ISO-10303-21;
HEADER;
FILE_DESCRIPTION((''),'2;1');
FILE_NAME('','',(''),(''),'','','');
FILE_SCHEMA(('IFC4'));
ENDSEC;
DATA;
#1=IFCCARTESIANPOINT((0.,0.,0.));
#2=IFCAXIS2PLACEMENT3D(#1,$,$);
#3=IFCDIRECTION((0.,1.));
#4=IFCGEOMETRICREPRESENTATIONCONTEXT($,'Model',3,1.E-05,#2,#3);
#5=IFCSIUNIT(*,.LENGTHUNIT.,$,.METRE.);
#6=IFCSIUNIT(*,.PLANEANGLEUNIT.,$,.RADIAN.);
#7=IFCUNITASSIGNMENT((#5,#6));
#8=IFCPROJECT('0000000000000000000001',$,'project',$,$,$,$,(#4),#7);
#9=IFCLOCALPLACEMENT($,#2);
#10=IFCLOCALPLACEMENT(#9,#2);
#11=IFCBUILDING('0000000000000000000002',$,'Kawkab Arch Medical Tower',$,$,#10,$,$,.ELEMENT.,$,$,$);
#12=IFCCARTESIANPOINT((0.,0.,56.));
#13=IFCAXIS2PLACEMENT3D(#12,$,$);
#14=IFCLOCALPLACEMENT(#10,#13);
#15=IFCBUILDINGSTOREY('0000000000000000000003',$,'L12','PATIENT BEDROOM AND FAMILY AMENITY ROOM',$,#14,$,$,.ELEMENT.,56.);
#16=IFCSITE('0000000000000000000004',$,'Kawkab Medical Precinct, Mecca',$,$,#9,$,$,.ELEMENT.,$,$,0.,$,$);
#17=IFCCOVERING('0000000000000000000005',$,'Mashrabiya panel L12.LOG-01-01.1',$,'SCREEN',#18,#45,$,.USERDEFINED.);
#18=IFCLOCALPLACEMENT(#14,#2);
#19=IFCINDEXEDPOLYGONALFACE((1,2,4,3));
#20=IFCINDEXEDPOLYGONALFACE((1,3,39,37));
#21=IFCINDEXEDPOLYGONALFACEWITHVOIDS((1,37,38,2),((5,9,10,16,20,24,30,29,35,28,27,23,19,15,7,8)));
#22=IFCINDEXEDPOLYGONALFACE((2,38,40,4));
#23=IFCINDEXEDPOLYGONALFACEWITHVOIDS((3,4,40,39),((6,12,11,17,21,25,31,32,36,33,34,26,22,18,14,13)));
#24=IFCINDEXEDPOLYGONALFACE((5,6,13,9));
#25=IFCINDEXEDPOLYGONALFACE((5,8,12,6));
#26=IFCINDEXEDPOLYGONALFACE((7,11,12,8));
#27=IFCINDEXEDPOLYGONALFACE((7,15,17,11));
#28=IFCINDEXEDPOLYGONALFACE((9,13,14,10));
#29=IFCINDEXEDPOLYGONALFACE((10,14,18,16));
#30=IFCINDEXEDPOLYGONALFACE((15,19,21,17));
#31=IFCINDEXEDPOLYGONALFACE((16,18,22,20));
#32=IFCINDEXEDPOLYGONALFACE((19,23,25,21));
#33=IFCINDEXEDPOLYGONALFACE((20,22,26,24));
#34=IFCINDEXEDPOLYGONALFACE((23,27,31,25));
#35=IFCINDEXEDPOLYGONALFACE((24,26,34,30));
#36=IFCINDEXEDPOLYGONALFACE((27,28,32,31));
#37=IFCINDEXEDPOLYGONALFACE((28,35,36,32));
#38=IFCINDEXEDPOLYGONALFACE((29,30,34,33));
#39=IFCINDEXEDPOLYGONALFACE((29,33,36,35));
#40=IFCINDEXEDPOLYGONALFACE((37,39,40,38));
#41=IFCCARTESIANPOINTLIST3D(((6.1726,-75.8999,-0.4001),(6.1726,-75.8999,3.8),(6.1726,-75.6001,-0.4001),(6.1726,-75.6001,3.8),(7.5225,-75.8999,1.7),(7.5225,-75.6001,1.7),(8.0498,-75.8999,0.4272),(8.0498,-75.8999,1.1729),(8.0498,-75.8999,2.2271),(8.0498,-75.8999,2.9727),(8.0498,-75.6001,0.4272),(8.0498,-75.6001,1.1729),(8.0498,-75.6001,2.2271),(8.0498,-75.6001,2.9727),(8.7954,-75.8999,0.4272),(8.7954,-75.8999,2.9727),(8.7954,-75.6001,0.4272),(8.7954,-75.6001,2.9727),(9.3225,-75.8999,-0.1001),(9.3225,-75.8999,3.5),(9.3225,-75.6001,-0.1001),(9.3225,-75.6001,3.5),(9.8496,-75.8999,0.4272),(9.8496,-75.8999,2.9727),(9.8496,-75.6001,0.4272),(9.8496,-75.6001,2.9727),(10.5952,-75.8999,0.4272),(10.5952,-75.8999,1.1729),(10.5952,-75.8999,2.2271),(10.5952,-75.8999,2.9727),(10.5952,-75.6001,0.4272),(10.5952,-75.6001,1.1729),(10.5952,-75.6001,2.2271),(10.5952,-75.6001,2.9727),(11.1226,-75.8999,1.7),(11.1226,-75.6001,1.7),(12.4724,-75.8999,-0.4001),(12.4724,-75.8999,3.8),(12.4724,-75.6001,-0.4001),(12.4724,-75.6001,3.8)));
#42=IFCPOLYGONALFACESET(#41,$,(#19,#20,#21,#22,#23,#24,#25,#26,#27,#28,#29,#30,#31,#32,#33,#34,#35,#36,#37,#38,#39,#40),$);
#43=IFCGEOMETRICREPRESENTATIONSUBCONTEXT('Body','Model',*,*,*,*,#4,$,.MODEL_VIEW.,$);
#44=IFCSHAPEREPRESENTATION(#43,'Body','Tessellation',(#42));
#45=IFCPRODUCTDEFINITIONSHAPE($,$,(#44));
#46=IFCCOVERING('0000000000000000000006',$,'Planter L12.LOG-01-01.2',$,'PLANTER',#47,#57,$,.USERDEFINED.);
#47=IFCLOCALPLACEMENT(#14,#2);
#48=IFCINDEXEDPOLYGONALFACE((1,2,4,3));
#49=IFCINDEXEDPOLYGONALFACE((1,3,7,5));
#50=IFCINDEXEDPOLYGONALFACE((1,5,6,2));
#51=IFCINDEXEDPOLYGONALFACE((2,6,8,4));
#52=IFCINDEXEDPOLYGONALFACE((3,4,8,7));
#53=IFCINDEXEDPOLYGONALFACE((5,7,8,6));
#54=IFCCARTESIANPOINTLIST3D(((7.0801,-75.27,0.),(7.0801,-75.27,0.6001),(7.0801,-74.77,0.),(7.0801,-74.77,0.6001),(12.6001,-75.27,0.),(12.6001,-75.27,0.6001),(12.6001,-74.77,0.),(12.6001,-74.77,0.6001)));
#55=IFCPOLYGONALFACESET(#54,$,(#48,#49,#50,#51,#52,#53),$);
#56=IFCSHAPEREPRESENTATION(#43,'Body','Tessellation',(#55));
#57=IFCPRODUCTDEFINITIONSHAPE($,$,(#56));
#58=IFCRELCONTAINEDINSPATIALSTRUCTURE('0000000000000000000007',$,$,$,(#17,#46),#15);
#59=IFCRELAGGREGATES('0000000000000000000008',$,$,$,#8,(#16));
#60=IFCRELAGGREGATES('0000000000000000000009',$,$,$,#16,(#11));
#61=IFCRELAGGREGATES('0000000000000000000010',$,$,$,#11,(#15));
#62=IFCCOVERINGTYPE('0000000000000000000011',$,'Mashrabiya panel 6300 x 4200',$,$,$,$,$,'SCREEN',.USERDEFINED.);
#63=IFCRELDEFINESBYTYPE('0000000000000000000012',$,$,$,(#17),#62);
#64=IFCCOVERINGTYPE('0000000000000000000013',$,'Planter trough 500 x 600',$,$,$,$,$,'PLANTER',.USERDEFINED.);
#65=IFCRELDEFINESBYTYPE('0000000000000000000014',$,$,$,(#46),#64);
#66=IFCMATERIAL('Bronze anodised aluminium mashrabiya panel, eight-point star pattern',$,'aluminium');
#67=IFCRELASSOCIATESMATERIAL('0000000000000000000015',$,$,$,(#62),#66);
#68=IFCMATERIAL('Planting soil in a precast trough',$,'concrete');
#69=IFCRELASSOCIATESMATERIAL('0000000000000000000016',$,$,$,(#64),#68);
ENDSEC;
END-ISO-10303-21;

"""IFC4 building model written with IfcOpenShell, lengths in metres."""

from ifc_helpers import new_model, si_unit, direction, frame, origin, origin_2d, place, context, subcontext, project, spatial, polyline, rectangle, outline, extrude, material, material_profile, profile_set, type_object, element, save


model = new_model("IFC4")

# Units and contexts
model_context = context("Model", 3, precision=1e-05, world=origin(), true_north=direction((0.0, 1.0)))
body_context = subcontext(model_context, "Body", "Model", "MODEL_VIEW")
ifc_project = project(units=[si_unit("LENGTHUNIT", "METRE"), si_unit("PLANEANGLEUNIT", "RADIAN")], contexts=[model_context])

# Site, building, storey
site_placement = place(None, origin())
site = spatial("IfcSite", under=ifc_project, at=site_placement, Name="Kawkab Medical Precinct, Mecca", CompositionType="ELEMENT", RefElevation=0.0)
building_placement = place(site_placement, origin())
building = spatial("IfcBuilding", under=site, at=building_placement, Name="Kawkab Arch Medical Tower", CompositionType="ELEMENT")
storey_placement = place(building_placement, frame((0.0, 0.0, 56.0)))
storey = spatial("IfcBuildingStorey", under=building, at=storey_placement, Name="L12", Description="PATIENT BEDROOM AND FAMILY AMENITY ROOM", CompositionType="ELEMENT", Elevation=56.0)

# Coverings
ifc_material_1 = material(Name="Bronze anodised aluminium mashrabiya panel, eight-point star pattern", Category="aluminium")
ifc_material_profile_1 = material_profile(ifc_material_1, outline(polyline([(-3.1499, -2.1001), (3.1499, -2.1001), (3.1499, 2.1001), (-3.1499, 2.1001), (-3.1499, -2.1001)]), holes=[polyline([(1.8, 0.0), (1.2727, 0.5271), (1.2727, 1.2727), (0.5271, 1.2727), (0.0, 1.8), (-0.5271, 1.2727), (-1.2727, 1.2727), (-1.2727, 0.5271), (-1.8, 0.0), (-1.2727, -0.5271), (-1.2727, -1.2727), (-0.5271, -1.2727), (0.0, -1.8), (0.5271, -1.2727), (1.2727, -1.2727), (1.2727, -0.5271), (1.8, 0.0)])]), Name="Mashrabiya panel 6300x4200")
ifc_profile_set_1 = profile_set([ifc_material_profile_1], Name="Bronze anodised aluminium mashrabiya panel, eight-point star pattern")
covering_type_1 = type_object("IfcCoveringType", Name="Mashrabiya panel 6300 x 4200", ElementType="SCREEN", PredefinedType="USERDEFINED", material=ifc_profile_set_1)
covering_1_placement = place(storey_placement, frame((9.3225, -75.6001, 1.7), z_axis=(0.0, -1.0, 0.0), x_axis=(1.0, 0.0, 0.0)))
element("IfcCovering", 1, at=covering_1_placement, inside=storey, type_object=covering_type_1, Name="Mashrabiya panel L12.LOG-01-01.1", ObjectType="SCREEN", PredefinedType="USERDEFINED", context=body_context, shape_type="SweptSolid", body=[
    extrude(outline(polyline([(-3.1499, -2.1001), (3.1499, -2.1001), (3.1499, 2.1001), (-3.1499, 2.1001), (-3.1499, -2.1001)]), holes=[polyline([(1.8, 0.0), (1.2727, 0.5271), (1.2727, 1.2727), (0.5271, 1.2727), (0.0, 1.8), (-0.5271, 1.2727), (-1.2727, 1.2727), (-1.2727, 0.5271), (-1.8, 0.0), (-1.2727, -0.5271), (-1.2727, -1.2727), (-0.5271, -1.2727), (0.0, -1.8), (0.5271, -1.2727), (1.2727, -1.2727), (1.2727, -0.5271), (1.8, 0.0)])]), origin(), (0.0, 0.0, 1.0), 0.2998),
])
ifc_material_2 = material(Name="Planting soil in a precast trough", Category="concrete")
ifc_material_profile_2 = material_profile(ifc_material_2, rectangle(XDim=0.5, YDim=0.6001, at=origin_2d()), Name="Trough 500x600")
ifc_profile_set_2 = profile_set([ifc_material_profile_2], Name="Planting soil in a precast trough")
covering_type_2 = type_object("IfcCoveringType", Name="Planter trough 500 x 600", ElementType="PLANTER", PredefinedType="USERDEFINED", material=ifc_profile_set_2)
covering_2_placement = place(storey_placement, frame((12.6001, -75.02, 0.3), z_axis=(-1.0, 0.0, 0.0), x_axis=(0.0, -1.0, 0.0)))
element("IfcCovering", 2, at=covering_2_placement, inside=storey, type_object=covering_type_2, Name="Planter L12.LOG-01-01.2", ObjectType="PLANTER", PredefinedType="USERDEFINED", context=body_context, shape_type="SweptSolid", body=[
    extrude(rectangle(XDim=0.5, YDim=0.6001, at=origin_2d()), origin(), (0.0, 0.0, 1.0), 5.52),
])

save(model, "model.ifc")
